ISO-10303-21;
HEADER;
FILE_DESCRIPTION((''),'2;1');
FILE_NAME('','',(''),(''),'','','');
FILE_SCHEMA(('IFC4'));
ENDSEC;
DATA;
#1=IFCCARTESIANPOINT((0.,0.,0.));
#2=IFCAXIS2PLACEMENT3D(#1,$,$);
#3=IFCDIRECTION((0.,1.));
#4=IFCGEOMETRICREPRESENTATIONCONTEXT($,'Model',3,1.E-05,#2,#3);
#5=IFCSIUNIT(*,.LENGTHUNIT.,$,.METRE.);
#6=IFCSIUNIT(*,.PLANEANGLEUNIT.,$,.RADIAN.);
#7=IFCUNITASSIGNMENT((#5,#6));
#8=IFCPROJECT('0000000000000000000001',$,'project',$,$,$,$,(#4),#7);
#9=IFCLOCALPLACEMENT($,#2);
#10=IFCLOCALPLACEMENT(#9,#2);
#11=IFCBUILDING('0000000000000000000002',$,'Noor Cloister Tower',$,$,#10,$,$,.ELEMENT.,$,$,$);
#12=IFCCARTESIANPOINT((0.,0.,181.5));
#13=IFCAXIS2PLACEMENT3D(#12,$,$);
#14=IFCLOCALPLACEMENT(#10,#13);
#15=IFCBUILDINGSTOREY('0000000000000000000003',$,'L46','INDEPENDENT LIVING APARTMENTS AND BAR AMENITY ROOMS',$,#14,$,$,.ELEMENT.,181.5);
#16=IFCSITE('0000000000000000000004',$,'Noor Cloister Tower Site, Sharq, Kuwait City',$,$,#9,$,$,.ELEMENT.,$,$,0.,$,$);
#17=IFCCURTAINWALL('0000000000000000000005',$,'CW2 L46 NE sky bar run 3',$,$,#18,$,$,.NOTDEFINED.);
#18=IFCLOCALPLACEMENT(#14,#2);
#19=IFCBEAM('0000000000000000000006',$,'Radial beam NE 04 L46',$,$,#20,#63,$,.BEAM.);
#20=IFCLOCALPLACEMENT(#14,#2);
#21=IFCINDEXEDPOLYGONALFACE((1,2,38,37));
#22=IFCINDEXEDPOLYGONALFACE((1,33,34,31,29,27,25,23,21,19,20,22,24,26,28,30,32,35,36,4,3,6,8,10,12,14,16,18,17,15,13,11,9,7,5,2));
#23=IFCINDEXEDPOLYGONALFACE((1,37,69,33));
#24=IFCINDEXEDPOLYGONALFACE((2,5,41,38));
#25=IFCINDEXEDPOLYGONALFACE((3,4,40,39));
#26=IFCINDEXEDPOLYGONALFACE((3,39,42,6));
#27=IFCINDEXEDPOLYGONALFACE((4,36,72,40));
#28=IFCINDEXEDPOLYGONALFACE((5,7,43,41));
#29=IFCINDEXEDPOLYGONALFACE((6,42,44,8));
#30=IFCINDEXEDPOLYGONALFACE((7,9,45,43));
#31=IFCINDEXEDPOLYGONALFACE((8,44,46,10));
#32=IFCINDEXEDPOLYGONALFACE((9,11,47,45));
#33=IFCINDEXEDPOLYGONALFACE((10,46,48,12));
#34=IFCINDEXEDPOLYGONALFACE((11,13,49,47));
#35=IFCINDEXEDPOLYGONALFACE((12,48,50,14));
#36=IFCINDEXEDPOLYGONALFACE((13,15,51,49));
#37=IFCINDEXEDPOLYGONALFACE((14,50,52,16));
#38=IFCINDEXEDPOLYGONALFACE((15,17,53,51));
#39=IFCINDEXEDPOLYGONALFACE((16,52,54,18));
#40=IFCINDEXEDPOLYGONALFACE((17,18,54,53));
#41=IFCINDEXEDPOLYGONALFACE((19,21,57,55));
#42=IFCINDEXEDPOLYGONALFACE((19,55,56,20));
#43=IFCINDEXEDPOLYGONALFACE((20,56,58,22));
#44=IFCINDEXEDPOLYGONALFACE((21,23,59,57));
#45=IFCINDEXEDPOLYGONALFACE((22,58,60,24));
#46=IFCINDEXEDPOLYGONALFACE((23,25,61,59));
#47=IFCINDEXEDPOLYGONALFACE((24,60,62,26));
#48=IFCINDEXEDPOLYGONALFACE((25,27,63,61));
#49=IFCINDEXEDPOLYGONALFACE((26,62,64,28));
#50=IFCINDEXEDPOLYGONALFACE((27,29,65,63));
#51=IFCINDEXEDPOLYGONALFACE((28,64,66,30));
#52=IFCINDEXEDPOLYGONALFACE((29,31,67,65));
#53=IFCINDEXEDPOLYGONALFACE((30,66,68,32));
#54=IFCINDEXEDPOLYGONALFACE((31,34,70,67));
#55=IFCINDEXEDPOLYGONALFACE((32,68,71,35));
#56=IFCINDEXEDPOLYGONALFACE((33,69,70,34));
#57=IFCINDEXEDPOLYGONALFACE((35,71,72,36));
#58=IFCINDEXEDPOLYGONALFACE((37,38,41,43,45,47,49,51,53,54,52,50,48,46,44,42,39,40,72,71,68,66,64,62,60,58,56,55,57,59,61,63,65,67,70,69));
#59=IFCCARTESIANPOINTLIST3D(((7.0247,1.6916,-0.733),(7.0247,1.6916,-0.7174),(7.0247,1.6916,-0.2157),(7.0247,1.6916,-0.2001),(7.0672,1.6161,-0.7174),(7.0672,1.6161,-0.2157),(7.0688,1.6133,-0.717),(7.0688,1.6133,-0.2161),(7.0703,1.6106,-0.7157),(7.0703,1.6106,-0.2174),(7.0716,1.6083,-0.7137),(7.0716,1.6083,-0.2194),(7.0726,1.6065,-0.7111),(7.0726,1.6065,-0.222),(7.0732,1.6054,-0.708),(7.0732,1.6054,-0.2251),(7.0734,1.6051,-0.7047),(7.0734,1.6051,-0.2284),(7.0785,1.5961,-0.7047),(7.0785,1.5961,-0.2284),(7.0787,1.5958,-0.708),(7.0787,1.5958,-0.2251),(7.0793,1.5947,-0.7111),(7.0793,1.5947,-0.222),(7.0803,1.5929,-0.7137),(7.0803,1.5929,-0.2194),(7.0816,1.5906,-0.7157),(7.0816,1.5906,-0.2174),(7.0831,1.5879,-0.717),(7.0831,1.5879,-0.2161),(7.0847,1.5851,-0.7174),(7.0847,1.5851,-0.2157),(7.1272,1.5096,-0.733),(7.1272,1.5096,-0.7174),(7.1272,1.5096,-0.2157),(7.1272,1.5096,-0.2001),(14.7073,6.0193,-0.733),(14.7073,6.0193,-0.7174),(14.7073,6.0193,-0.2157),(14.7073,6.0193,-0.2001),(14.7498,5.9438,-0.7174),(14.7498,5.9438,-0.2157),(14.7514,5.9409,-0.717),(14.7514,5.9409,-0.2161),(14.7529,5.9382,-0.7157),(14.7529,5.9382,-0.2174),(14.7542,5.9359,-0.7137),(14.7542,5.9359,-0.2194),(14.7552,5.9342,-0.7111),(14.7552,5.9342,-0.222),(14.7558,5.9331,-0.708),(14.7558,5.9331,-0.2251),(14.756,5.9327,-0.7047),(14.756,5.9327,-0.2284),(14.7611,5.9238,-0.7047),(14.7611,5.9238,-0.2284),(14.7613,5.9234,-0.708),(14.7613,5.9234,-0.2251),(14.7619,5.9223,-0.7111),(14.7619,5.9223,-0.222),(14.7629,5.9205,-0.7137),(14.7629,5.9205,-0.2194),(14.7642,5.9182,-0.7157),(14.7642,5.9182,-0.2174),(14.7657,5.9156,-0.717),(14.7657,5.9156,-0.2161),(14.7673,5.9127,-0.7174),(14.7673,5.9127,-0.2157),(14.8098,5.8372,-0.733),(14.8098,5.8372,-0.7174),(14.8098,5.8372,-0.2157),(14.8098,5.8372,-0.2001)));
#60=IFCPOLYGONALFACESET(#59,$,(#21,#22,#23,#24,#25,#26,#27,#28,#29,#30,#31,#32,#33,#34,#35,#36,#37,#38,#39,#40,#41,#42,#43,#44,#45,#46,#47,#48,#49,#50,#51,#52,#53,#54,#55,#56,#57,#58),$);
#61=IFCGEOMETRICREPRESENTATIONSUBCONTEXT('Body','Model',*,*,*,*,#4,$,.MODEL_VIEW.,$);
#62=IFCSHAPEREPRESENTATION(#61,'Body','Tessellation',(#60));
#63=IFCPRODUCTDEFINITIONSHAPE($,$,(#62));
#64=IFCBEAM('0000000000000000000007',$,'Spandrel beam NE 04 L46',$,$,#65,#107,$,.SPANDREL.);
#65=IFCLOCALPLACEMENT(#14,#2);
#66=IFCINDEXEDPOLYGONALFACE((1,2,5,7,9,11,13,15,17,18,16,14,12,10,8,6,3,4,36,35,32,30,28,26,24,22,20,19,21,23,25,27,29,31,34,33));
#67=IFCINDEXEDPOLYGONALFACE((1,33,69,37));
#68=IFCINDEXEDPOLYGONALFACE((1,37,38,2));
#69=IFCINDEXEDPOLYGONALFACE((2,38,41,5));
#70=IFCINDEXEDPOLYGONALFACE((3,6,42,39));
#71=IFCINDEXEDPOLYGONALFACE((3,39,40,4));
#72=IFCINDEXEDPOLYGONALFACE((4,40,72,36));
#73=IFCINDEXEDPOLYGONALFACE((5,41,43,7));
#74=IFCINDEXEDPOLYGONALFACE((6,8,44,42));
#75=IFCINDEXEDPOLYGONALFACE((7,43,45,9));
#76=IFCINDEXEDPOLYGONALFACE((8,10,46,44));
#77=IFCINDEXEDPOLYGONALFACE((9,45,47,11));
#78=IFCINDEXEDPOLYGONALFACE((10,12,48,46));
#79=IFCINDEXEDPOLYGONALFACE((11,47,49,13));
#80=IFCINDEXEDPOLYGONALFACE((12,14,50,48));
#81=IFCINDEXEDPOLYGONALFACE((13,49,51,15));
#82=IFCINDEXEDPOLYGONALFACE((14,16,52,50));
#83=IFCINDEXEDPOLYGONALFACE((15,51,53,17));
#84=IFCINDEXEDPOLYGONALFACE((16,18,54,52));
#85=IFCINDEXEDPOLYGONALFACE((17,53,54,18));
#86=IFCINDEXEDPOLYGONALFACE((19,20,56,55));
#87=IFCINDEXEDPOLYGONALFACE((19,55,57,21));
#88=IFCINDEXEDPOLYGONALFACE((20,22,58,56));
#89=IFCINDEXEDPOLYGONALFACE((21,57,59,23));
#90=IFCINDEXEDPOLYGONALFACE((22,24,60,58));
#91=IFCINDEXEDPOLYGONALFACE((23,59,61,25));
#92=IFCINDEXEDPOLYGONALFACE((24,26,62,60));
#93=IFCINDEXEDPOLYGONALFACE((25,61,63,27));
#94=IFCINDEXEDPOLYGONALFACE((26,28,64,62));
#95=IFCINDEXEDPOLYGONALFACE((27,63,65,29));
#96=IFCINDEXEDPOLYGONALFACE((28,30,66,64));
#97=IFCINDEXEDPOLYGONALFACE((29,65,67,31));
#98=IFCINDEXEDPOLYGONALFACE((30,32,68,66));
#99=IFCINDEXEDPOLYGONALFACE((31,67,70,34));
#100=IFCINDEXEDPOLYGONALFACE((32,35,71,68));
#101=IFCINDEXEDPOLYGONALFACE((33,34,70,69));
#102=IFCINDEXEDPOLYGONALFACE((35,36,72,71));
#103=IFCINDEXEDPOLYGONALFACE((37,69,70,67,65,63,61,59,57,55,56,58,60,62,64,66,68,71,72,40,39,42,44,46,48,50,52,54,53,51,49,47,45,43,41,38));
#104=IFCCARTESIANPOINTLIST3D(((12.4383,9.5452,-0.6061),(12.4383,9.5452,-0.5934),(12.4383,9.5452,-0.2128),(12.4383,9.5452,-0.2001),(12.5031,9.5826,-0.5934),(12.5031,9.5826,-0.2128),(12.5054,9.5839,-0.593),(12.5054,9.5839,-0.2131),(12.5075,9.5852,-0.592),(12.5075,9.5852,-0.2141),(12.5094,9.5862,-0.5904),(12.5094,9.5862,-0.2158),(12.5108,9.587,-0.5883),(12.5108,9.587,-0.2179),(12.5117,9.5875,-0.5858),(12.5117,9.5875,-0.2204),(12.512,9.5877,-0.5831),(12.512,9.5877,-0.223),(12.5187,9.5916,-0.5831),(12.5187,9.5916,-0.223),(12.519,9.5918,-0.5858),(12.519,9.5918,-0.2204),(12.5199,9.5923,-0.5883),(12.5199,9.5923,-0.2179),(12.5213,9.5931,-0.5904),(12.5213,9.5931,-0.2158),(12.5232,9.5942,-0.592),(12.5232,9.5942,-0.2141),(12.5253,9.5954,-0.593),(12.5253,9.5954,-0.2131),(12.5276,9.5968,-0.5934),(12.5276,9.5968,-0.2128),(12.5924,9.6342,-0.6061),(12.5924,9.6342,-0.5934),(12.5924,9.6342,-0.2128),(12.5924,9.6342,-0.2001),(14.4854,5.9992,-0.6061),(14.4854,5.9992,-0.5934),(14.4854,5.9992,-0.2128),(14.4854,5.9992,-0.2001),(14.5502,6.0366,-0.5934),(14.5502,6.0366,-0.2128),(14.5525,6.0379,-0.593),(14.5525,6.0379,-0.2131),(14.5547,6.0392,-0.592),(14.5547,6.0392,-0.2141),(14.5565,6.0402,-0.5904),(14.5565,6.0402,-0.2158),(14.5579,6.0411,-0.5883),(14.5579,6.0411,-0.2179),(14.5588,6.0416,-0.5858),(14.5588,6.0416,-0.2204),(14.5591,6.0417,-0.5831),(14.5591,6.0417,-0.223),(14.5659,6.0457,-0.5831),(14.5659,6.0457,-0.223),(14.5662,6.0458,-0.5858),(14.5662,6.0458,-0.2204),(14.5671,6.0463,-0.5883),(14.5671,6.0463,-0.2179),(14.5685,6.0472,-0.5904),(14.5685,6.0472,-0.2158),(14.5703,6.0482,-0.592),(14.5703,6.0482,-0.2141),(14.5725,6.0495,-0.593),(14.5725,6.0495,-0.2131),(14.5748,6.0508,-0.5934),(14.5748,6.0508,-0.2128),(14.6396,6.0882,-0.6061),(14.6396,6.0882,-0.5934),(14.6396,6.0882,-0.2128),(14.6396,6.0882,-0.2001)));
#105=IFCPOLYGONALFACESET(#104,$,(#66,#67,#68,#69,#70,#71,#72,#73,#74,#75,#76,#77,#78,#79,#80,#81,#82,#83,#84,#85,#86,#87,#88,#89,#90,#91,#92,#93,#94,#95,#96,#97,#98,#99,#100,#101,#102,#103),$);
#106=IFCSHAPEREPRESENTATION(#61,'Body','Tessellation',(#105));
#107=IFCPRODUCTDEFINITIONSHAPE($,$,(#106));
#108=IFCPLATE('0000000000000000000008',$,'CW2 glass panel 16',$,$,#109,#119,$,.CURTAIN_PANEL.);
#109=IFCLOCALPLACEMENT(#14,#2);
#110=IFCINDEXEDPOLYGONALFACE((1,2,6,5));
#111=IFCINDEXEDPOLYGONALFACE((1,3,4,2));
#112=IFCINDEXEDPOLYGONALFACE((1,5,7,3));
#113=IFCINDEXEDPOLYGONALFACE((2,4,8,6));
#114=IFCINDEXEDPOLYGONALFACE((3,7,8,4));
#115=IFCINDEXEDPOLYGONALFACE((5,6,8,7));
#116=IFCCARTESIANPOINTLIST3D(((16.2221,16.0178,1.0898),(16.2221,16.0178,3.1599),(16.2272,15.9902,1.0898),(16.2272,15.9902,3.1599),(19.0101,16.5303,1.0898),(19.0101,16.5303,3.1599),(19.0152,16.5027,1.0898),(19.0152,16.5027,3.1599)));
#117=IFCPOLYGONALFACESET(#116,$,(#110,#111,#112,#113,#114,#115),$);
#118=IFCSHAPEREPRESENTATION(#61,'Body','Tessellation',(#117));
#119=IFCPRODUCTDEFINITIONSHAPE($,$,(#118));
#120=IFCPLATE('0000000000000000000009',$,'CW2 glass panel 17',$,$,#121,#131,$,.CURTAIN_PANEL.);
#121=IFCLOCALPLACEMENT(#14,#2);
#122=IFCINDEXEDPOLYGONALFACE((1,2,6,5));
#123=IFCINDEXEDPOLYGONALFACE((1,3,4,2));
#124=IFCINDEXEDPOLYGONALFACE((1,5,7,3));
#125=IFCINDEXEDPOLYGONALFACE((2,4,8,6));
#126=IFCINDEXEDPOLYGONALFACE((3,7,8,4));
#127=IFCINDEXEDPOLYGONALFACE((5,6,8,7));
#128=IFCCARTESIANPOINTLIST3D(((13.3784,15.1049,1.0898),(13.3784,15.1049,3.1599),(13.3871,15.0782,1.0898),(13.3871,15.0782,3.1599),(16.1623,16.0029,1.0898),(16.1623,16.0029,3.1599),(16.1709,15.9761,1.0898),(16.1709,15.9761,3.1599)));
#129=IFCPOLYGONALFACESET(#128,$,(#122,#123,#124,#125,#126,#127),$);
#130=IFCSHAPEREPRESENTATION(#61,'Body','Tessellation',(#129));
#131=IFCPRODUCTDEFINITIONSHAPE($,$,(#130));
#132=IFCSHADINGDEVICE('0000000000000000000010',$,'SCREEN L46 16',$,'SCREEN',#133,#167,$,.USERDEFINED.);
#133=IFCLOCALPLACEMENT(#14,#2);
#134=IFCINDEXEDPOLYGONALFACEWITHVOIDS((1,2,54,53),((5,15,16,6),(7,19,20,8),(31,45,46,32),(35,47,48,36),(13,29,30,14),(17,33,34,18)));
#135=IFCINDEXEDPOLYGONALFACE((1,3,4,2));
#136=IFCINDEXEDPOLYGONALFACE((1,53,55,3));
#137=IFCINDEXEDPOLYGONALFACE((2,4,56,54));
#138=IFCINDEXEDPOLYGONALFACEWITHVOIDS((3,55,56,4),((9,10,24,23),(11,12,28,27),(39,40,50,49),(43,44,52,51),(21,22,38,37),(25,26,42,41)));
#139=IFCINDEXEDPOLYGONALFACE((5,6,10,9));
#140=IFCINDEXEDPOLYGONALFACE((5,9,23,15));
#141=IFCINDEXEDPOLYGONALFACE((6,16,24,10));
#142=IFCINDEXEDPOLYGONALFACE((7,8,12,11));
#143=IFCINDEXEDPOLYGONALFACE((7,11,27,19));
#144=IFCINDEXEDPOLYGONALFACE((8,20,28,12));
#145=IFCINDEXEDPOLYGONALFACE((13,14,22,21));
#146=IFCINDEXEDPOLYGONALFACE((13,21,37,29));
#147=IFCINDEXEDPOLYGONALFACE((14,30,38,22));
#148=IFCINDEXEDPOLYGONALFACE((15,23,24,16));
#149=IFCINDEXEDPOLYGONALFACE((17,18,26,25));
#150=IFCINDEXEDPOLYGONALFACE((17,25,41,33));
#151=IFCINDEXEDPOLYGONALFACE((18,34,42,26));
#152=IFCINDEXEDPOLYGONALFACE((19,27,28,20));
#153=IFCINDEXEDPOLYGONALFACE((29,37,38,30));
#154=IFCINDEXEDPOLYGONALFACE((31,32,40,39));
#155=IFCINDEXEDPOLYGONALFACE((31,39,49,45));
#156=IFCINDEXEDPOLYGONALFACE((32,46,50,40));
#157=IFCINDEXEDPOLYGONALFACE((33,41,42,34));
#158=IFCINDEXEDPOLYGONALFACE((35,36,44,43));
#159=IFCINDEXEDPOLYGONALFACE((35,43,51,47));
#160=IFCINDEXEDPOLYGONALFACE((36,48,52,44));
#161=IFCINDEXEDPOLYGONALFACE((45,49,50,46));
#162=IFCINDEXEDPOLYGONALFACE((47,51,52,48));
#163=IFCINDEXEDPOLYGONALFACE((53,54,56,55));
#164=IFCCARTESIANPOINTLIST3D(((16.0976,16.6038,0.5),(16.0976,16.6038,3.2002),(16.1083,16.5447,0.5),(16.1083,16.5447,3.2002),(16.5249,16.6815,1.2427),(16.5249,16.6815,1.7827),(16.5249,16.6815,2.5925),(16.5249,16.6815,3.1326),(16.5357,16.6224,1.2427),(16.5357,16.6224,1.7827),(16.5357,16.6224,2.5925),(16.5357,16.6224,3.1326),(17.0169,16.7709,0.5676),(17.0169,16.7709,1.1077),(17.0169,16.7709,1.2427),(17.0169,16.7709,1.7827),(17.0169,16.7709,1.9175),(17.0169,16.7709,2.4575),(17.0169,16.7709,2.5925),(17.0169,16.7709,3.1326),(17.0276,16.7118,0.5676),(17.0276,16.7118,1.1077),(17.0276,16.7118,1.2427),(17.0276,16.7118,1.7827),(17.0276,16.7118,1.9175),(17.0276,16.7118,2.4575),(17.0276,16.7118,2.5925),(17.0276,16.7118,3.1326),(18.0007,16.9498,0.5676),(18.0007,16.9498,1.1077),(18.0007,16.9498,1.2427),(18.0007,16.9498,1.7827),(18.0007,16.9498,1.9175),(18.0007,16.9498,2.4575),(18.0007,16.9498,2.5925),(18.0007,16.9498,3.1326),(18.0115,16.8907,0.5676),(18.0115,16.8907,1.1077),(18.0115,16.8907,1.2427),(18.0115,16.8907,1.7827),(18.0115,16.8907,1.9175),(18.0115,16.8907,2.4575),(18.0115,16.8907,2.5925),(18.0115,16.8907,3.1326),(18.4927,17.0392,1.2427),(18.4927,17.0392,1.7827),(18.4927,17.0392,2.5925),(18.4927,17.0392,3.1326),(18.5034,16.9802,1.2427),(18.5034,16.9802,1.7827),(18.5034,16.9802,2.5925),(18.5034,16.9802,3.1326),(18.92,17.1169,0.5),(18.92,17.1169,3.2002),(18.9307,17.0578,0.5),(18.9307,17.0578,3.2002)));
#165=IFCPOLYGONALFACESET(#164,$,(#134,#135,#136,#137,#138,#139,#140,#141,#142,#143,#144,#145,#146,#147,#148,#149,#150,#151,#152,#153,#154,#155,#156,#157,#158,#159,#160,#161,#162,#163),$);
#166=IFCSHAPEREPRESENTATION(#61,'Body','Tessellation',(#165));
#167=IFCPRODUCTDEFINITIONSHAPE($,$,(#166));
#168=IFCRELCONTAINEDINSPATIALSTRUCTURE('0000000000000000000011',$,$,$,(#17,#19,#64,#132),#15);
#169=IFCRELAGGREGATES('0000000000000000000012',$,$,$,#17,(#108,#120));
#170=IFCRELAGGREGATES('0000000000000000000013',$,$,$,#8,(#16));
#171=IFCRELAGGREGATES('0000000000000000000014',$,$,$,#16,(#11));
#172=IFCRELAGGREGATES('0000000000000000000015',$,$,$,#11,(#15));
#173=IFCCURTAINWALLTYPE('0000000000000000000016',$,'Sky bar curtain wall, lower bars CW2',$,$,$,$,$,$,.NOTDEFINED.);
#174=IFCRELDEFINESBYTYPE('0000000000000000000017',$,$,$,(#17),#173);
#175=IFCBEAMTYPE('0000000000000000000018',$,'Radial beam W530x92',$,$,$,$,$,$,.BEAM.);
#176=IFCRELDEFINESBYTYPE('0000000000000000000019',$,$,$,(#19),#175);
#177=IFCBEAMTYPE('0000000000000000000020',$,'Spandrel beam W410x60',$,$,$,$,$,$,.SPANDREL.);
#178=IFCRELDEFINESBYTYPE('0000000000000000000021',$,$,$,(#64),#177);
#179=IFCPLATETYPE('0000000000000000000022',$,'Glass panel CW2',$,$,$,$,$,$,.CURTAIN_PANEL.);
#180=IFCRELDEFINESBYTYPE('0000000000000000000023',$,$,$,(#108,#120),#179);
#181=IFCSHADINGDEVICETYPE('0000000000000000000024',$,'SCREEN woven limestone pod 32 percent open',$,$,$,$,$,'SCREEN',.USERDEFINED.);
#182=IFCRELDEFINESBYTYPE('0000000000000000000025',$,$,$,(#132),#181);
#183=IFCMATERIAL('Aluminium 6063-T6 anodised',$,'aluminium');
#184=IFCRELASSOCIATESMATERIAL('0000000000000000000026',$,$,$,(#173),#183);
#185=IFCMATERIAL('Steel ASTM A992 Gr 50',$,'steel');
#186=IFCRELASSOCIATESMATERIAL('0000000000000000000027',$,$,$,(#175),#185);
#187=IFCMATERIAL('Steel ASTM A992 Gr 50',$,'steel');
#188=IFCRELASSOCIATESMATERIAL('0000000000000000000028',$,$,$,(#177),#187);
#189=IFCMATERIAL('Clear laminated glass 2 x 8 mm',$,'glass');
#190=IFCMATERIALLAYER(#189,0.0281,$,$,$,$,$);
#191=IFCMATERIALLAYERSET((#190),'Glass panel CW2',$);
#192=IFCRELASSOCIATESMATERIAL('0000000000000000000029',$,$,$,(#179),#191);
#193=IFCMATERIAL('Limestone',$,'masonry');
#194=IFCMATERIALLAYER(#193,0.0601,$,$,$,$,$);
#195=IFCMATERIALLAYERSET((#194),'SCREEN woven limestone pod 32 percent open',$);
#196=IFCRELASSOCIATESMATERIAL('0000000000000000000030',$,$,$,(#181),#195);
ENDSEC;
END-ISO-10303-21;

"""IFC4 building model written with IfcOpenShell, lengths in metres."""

from ifc_helpers import new_model, si_unit, direction, frame, origin, origin_2d, place, context, subcontext, project, spatial, polyline, rectangle, i_section, outline, extrude, material, layer, layer_set, material_profile, profile_set, type_object, element, aggregate, save


model = new_model("IFC4")

# Units and contexts
model_context = context("Model", 3, precision=1e-05, world=origin(), true_north=direction((0.0, 1.0)))
body_context = subcontext(model_context, "Body", "Model", "MODEL_VIEW")
ifc_project = project(units=[si_unit("LENGTHUNIT", "METRE"), si_unit("PLANEANGLEUNIT", "RADIAN")], contexts=[model_context])

# Site, building, storey
site_placement = place(None, origin())
site = spatial("IfcSite", under=ifc_project, at=site_placement, Name="Noor Cloister Tower Site, Sharq, Kuwait City", CompositionType="ELEMENT", RefElevation=0.0)
building_placement = place(site_placement, origin())
building = spatial("IfcBuilding", under=site, at=building_placement, Name="Noor Cloister Tower", CompositionType="ELEMENT")
storey_placement = place(building_placement, frame((0.0, 0.0, 181.5)))
storey = spatial("IfcBuildingStorey", under=building, at=storey_placement, Name="L46", Description="INDEPENDENT LIVING APARTMENTS AND BAR AMENITY ROOMS", CompositionType="ELEMENT", Elevation=181.5)

# Curtain wall
ifc_material_1 = material(Name="Aluminium 6063-T6 anodised", Category="aluminium")
curtain_wall_type = type_object("IfcCurtainWallType", Name="Sky bar curtain wall, lower bars CW2", PredefinedType="NOTDEFINED", material=ifc_material_1)
curtain_wall_placement = place(storey_placement, origin())
curtain_wall = element("IfcCurtainWall", 1, at=curtain_wall_placement, inside=storey, type_object=curtain_wall_type, Name="CW2 L46 NE sky bar run 3", PredefinedType="NOTDEFINED")

# Beams
ifc_material_2 = material(Name="Steel ASTM A992 Gr 50", Category="steel")
ifc_material_profile_1 = material_profile(ifc_material_2, i_section(OverallWidth=0.209, OverallDepth=0.533, WebThickness=0.0103, FlangeThickness=0.0156, FilletRadius=0.0127, at=origin_2d()), Name="W530x92")
ifc_profile_set_1 = profile_set([ifc_material_profile_1], Name="Steel ASTM A992 Gr 50")
beam_type_1 = type_object("IfcBeamType", Name="Radial beam W530x92", PredefinedType="BEAM", material=ifc_profile_set_1)
beam_1_placement = place(storey_placement, frame((14.7585, 5.9282, -0.4666), z_axis=(-0.871277, -0.490792, 0.0), x_axis=(0.490792, -0.871277, 0.0)))
element("IfcBeam", 2, at=beam_1_placement, inside=storey, type_object=beam_type_1, Name="Radial beam NE 04 L46", PredefinedType="BEAM", context=body_context, shape_type="SweptSolid", body=[
    extrude(i_section(OverallWidth=0.209, OverallDepth=0.533, WebThickness=0.0103, FlangeThickness=0.0156, FilletRadius=0.0127, at=origin_2d()), origin(), (0.0, 0.0, 1.0), 8.8176),
])
ifc_material_3 = material(Name="Steel ASTM A992 Gr 50", Category="steel")
ifc_material_profile_2 = material_profile(ifc_material_3, i_section(OverallWidth=0.178, OverallDepth=0.406, WebThickness=0.0078, FlangeThickness=0.0127, FilletRadius=0.0103, at=origin_2d()), Name="W410x60")
ifc_profile_set_2 = profile_set([ifc_material_profile_2], Name="Steel ASTM A992 Gr 50")
beam_type_2 = type_object("IfcBeamType", Name="Spandrel beam W410x60", PredefinedType="SPANDREL", material=ifc_profile_set_2)
beam_2_placement = place(storey_placement, frame((14.5625, 6.0437, -0.4031), z_axis=(-0.499981, 0.866037, 0.0), x_axis=(-0.866037, -0.499981, 0.0)))
element("IfcBeam", 3, at=beam_2_placement, inside=storey, type_object=beam_type_2, Name="Spandrel beam NE 04 L46", PredefinedType="SPANDREL", context=body_context, shape_type="SweptSolid", body=[
    extrude(i_section(OverallWidth=0.178, OverallDepth=0.406, WebThickness=0.0078, FlangeThickness=0.0127, FilletRadius=0.0103, at=origin_2d()), origin(), (0.0, 0.0, 1.0), 4.0945),
])

# Plates
ifc_material_4 = material(Name="Clear laminated glass 2 x 8 mm", Category="glass")
ifc_layer_1 = layer(ifc_material_4, 0.0281)
ifc_layer_set_1 = layer_set([ifc_layer_1], Name="Glass panel CW2")
plate_type = type_object("IfcPlateType", Name="Glass panel CW2", PredefinedType="CURTAIN_PANEL", material=ifc_layer_set_1)
plate_1_placement = place(storey_placement, frame((17.6187, 16.2603, 1.0898), z_axis=(0.0, 0.0, 1.0), x_axis=(-0.983519, -0.180802, 0.0)))
plate_1 = element("IfcPlate", 4, at=plate_1_placement, type_object=plate_type, Name="CW2 glass panel 16", PredefinedType="CURTAIN_PANEL", context=body_context, shape_type="SweptSolid", body=[
    extrude(rectangle(XDim=2.8347, YDim=0.0281, at=origin_2d()), origin(), (0.0, 0.0, 1.0), 2.0701),
])
plate_2_placement = place(storey_placement, frame((14.7747, 15.5405, 1.0898), z_axis=(0.0, 0.0, 1.0), x_axis=(-0.951715, -0.306983, 0.0)))
plate_2 = element("IfcPlate", 5, at=plate_2_placement, type_object=plate_type, Name="CW2 glass panel 17", PredefinedType="CURTAIN_PANEL", context=body_context, shape_type="SweptSolid", body=[
    extrude(rectangle(XDim=2.925, YDim=0.0281, at=origin_2d()), origin(), (0.0, 0.0, 1.0), 2.0701),
])
aggregate(curtain_wall, [plate_1, plate_2])

# Shading device
ifc_material_5 = material(Name="Limestone", Category="masonry")
ifc_layer_2 = layer(ifc_material_5, 0.0601)
ifc_layer_set_2 = layer_set([ifc_layer_2], Name="SCREEN woven limestone pod 32 percent open")
shading_device_type = type_object("IfcShadingDeviceType", Name="SCREEN woven limestone pod 32 percent open", ElementType="SCREEN", PredefinedType="USERDEFINED", material=ifc_layer_set_2)
shading_device_1_placement = place(storey_placement, frame((17.5195, 16.8013, 1.8501), z_axis=(-0.178885, 0.98387, 0.0), x_axis=(-0.98387, -0.178885, 0.0)))
element("IfcShadingDevice", 6, at=shading_device_1_placement, inside=storey, type_object=shading_device_type, Name="SCREEN L46 16", ObjectType="SCREEN", PredefinedType="USERDEFINED", context=body_context, shape_type="SweptSolid", body=[
    extrude(outline(polyline([(-1.4343, -1.3501), (1.4343, -1.3501), (1.4343, 1.3501), (-1.4343, 1.3501), (-1.4343, -1.3501)]), holes=[polyline([(-0.5, -1.2825), (0.5, -1.2825), (0.5, -0.7424), (-0.5, -0.7424), (-0.5, -1.2825)]), polyline([(-1.0, -0.6074), (-0.5, -0.6074), (-0.5, -0.0674), (-1.0, -0.0674), (-1.0, -0.6074)]), polyline([(0.5, -0.6074), (1.0, -0.6074), (1.0, -0.0674), (0.5, -0.0674), (0.5, -0.6074)]), polyline([(-0.5, 0.0674), (0.5, 0.0674), (0.5, 0.6074), (-0.5, 0.6074), (-0.5, 0.0674)]), polyline([(-1.0, 0.7424), (-0.5, 0.7424), (-0.5, 1.2825), (-1.0, 1.2825), (-1.0, 0.7424)]), polyline([(0.5, 0.7424), (1.0, 0.7424), (1.0, 1.2825), (0.5, 1.2825), (0.5, 0.7424)])]), origin(), (0.0, 0.0, 1.0), 0.0601),
])

save(model, "model.ifc")
